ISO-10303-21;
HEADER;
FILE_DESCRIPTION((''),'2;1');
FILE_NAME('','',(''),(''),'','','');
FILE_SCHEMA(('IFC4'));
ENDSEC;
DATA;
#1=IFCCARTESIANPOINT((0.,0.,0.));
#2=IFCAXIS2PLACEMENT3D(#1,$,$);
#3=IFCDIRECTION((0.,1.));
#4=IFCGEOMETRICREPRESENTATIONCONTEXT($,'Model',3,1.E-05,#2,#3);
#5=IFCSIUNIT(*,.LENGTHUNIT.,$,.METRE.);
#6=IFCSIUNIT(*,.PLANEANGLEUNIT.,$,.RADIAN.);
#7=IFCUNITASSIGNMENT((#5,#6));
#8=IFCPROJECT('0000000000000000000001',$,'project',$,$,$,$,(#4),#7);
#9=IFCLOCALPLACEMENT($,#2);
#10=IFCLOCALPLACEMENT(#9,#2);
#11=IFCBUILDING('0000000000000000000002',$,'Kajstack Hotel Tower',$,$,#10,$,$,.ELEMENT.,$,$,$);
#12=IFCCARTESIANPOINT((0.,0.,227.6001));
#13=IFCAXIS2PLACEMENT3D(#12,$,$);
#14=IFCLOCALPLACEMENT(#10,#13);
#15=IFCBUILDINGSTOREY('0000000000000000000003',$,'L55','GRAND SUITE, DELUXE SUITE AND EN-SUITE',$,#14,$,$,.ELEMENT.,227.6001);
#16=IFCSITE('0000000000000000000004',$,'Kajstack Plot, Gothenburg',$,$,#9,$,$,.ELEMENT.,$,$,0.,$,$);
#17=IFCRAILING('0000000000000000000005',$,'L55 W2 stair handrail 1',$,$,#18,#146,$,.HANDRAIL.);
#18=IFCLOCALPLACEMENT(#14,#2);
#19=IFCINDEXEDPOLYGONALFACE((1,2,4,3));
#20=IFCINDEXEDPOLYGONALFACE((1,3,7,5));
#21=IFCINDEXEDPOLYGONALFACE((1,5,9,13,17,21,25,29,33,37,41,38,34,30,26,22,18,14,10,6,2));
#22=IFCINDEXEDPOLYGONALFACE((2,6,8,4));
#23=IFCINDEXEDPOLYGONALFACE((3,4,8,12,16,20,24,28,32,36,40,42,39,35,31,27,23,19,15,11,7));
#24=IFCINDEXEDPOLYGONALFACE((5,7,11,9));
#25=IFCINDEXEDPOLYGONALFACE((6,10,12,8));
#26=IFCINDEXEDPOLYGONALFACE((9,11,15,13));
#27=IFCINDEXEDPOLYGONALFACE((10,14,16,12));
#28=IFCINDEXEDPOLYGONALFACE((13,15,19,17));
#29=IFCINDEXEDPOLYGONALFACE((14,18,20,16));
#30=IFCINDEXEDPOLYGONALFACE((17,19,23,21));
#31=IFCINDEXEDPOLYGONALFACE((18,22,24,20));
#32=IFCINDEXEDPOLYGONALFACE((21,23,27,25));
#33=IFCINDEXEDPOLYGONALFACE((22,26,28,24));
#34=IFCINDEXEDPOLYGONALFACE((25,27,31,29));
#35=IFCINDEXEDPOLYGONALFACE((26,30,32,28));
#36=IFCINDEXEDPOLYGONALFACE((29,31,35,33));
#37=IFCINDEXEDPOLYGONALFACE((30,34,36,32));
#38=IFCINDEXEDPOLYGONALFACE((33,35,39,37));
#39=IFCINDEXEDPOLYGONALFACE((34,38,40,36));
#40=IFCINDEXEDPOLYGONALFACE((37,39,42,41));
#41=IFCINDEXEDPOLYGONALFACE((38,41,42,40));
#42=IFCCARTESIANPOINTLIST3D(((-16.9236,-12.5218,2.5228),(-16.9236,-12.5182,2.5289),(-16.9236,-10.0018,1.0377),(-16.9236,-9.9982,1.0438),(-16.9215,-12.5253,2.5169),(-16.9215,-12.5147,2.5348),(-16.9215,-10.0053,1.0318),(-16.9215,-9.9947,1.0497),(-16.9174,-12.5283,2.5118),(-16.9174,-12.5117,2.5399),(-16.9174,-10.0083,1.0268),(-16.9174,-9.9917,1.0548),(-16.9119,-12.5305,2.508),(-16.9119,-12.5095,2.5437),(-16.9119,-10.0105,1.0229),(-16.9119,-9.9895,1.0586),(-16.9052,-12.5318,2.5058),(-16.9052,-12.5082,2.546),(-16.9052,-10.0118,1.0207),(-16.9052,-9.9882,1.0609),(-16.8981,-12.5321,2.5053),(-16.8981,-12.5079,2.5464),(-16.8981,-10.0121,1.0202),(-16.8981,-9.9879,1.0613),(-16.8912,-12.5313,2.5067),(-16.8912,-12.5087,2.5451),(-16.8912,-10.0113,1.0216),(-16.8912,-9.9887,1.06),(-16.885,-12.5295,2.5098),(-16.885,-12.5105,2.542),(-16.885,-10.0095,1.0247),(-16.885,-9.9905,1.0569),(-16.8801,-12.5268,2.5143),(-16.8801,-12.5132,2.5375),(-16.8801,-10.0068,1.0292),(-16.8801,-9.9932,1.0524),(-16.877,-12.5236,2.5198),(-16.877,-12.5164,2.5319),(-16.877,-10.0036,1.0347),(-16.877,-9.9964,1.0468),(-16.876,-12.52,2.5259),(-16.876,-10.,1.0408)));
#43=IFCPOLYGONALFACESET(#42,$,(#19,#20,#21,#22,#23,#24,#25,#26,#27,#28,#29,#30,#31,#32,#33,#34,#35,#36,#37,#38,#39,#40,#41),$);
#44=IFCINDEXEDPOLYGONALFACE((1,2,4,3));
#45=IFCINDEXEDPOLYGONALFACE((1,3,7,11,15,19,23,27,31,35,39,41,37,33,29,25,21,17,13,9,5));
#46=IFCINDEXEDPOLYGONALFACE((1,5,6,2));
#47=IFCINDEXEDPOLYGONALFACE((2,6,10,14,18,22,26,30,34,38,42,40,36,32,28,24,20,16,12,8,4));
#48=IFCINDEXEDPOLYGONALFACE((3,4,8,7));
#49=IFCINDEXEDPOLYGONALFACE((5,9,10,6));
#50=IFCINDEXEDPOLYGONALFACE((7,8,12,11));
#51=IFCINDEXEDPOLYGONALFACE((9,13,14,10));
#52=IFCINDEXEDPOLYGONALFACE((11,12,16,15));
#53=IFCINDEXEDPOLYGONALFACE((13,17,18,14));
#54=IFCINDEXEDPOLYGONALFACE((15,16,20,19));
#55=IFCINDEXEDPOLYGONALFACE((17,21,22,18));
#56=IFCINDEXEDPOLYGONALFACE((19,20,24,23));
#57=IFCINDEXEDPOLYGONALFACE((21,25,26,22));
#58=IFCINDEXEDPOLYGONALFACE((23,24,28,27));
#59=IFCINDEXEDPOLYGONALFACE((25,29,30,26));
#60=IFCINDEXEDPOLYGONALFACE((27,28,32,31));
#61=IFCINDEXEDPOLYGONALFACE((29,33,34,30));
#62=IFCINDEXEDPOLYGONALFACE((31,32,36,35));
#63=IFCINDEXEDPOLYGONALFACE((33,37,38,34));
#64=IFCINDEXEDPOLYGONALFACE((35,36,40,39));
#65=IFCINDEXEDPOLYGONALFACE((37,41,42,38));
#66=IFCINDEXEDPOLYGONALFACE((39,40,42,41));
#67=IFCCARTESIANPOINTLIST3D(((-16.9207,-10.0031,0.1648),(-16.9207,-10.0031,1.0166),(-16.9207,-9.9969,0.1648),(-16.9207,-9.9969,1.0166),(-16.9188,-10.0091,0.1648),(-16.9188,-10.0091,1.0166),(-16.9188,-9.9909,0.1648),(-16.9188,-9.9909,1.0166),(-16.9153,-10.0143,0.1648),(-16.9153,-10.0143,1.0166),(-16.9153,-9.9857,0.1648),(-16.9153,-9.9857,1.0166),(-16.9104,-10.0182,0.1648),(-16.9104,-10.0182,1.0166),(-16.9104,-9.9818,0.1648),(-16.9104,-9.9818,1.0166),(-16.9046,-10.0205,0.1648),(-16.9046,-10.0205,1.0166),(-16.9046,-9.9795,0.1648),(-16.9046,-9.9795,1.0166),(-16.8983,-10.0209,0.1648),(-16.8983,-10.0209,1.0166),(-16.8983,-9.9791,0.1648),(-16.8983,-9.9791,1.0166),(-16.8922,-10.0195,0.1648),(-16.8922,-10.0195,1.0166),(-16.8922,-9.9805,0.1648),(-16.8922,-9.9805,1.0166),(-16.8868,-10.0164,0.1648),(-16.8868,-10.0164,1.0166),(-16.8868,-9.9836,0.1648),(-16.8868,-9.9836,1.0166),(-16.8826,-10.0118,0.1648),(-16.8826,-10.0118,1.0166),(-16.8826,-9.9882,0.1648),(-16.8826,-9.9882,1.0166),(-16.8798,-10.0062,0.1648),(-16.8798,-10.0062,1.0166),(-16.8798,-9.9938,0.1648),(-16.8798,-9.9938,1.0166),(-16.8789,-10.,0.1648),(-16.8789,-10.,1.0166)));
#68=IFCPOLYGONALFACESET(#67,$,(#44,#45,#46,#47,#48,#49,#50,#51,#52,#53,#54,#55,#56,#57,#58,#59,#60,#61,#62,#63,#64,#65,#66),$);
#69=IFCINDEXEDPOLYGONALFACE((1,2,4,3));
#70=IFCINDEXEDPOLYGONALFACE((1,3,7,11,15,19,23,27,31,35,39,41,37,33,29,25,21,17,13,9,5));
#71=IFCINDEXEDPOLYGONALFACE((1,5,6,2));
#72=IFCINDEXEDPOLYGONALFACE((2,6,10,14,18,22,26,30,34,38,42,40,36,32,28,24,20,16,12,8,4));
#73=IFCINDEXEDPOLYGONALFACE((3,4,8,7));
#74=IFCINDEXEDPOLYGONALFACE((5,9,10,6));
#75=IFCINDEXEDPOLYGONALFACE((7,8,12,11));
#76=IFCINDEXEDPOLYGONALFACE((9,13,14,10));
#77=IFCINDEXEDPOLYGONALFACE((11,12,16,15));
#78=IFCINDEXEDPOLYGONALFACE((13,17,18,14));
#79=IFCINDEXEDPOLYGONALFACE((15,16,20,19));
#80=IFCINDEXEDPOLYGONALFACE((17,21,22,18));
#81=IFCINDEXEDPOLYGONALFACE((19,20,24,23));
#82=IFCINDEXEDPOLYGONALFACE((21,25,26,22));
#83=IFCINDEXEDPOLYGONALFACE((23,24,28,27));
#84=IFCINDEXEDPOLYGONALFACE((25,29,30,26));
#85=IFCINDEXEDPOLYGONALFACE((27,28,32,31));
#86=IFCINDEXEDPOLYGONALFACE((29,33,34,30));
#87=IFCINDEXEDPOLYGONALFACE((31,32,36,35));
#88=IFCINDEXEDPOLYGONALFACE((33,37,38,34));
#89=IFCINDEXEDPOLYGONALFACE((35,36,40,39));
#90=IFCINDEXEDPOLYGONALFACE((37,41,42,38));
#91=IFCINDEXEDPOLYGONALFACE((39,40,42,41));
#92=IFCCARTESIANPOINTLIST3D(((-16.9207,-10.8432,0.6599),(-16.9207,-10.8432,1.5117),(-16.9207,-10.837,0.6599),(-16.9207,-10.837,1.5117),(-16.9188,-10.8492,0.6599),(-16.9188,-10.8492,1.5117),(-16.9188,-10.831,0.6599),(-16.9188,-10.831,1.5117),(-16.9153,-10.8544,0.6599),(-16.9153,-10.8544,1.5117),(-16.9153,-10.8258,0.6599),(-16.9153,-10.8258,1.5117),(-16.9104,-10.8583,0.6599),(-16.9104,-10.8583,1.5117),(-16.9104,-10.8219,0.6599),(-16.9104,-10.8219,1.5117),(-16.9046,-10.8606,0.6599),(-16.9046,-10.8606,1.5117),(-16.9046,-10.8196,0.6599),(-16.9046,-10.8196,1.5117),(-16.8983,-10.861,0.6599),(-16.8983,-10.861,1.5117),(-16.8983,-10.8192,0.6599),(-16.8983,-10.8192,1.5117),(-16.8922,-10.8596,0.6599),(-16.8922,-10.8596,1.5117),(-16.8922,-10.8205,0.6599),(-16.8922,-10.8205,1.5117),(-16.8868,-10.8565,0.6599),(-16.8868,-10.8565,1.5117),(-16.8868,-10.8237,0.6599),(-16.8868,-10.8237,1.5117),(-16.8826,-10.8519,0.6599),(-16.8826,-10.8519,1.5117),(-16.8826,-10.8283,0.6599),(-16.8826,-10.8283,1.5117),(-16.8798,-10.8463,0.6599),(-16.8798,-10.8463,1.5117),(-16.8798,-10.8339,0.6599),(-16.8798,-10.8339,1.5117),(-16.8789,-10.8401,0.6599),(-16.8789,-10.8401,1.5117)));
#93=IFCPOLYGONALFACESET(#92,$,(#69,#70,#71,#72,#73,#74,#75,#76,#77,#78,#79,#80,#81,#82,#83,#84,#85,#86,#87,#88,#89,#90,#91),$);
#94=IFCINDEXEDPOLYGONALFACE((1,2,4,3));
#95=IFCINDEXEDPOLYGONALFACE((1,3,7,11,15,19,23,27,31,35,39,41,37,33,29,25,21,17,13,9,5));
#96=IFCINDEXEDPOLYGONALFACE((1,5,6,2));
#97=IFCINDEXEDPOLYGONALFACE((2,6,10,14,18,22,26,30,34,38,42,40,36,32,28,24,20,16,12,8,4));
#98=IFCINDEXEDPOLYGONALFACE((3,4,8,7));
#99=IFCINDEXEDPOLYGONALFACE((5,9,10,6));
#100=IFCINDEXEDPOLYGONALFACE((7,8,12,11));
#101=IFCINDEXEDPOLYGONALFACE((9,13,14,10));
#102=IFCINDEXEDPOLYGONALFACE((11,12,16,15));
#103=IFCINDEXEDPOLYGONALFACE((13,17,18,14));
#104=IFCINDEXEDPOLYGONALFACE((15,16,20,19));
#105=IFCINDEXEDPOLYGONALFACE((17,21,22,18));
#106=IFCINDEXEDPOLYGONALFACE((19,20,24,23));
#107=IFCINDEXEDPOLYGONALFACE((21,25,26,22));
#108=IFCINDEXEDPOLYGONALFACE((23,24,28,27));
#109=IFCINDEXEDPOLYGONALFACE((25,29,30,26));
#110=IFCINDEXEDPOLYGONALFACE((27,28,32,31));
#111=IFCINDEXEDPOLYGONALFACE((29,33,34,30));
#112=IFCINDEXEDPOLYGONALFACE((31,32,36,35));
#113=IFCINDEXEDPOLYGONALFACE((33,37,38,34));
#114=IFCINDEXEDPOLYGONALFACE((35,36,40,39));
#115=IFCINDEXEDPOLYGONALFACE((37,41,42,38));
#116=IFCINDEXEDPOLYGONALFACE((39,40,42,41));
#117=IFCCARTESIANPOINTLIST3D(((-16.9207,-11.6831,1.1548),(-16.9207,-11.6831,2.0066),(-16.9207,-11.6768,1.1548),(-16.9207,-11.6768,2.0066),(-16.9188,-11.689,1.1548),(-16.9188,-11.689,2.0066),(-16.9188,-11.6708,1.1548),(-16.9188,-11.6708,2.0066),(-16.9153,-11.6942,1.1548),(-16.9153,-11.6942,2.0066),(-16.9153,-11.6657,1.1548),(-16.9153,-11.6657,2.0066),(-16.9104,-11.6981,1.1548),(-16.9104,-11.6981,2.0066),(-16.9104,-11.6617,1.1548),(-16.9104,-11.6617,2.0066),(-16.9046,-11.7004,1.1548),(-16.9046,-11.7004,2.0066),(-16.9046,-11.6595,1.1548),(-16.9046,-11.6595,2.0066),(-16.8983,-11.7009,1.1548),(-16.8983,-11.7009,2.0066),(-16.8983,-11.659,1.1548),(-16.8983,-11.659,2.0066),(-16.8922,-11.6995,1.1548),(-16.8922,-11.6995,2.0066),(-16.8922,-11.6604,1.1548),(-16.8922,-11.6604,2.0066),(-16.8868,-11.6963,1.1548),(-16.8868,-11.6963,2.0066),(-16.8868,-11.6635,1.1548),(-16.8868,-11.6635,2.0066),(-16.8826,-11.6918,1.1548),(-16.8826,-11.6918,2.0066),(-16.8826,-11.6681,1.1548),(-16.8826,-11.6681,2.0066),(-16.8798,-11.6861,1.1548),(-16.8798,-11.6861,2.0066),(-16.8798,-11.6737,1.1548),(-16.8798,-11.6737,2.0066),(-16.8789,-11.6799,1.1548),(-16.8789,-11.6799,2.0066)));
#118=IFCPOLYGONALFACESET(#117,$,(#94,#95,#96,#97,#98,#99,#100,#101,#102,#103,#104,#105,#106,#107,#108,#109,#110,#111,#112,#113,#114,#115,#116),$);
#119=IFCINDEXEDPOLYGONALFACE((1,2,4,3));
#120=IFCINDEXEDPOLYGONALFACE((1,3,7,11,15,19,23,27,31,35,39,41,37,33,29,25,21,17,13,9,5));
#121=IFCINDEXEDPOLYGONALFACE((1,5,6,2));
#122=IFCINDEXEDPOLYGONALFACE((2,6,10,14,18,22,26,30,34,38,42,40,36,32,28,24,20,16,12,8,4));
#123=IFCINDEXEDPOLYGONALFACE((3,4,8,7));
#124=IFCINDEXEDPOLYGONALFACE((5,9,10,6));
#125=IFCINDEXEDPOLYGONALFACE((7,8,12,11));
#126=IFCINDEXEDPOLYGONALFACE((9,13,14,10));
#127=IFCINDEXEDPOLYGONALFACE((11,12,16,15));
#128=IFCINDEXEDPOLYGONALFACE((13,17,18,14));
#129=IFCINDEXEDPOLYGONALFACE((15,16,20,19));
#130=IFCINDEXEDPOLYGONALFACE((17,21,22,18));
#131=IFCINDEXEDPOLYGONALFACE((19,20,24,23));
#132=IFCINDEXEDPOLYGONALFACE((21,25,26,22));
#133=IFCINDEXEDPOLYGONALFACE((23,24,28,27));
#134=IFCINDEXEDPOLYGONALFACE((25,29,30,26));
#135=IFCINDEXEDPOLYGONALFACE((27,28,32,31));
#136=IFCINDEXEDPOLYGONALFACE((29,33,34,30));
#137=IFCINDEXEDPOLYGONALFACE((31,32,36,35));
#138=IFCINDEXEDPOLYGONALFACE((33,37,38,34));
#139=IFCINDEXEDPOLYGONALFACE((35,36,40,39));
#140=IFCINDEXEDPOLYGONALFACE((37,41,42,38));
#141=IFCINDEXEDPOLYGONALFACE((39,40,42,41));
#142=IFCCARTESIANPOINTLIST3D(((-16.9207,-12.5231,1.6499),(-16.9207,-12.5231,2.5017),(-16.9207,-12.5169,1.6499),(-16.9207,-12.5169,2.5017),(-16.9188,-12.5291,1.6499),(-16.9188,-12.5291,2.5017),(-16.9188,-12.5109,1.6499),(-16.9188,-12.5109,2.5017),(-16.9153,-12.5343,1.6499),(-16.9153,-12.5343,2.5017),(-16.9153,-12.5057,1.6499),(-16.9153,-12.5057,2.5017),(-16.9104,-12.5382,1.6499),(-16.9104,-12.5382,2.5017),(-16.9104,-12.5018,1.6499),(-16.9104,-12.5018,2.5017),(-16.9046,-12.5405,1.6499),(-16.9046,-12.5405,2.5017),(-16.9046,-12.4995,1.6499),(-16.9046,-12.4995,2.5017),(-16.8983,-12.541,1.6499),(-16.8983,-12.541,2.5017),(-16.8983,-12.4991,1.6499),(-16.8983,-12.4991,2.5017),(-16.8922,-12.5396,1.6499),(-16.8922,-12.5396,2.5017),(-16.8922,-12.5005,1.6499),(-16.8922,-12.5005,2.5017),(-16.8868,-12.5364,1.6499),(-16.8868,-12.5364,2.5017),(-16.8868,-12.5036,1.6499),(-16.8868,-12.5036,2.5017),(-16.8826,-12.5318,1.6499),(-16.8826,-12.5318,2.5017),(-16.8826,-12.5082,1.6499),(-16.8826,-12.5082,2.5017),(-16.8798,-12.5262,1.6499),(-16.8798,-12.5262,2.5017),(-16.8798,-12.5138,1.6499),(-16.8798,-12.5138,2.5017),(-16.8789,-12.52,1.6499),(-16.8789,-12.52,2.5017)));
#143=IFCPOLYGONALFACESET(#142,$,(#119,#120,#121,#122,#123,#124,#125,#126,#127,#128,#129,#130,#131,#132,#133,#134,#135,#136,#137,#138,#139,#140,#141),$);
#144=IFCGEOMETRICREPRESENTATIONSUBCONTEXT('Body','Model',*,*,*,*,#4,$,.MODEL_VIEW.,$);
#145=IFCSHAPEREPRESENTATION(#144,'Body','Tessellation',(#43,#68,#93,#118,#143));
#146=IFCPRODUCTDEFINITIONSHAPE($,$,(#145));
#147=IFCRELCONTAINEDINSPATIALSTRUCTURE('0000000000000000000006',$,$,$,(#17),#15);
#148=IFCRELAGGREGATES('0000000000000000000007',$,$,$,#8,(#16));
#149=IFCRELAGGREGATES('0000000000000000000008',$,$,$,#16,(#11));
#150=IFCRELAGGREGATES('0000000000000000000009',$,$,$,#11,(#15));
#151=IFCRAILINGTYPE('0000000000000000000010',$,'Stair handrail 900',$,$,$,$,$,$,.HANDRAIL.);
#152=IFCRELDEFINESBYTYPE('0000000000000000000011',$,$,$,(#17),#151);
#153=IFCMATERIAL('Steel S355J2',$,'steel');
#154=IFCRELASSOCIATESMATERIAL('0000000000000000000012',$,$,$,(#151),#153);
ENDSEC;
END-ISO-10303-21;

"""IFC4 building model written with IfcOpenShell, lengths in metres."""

from ifc_helpers import new_model, si_unit, direction, frame, origin, origin_2d, place, context, subcontext, project, spatial, circle, extrude, material, type_object, element, save


model = new_model("IFC4")

# Units and contexts
model_context = context("Model", 3, precision=1e-05, world=origin(), true_north=direction((0.0, 1.0)))
body_context = subcontext(model_context, "Body", "Model", "MODEL_VIEW")
ifc_project = project(units=[si_unit("LENGTHUNIT", "METRE"), si_unit("PLANEANGLEUNIT", "RADIAN")], contexts=[model_context])

# Site, building, storey
site_placement = place(None, origin())
site = spatial("IfcSite", under=ifc_project, at=site_placement, Name="Kajstack Plot, Gothenburg", CompositionType="ELEMENT", RefElevation=0.0)
building_placement = place(site_placement, origin())
building = spatial("IfcBuilding", under=site, at=building_placement, Name="Kajstack Hotel Tower", CompositionType="ELEMENT")
storey_placement = place(building_placement, frame((0.0, 0.0, 227.6001)))
storey = spatial("IfcBuildingStorey", under=building, at=storey_placement, Name="L55", Description="GRAND SUITE, DELUXE SUITE AND EN-SUITE", CompositionType="ELEMENT", Elevation=227.6001)

# Railing
ifc_material_1 = material(Name="Steel S355J2", Category="steel")
railing_type_1 = type_object("IfcRailingType", Name="Stair handrail 900", PredefinedType="HANDRAIL", material=ifc_material_1)
railing_1_placement = place(storey_placement, frame((-16.8999, -10.0, 0.1648)))
element("IfcRailing", 1, at=railing_1_placement, inside=storey, type_object=railing_type_1, Name="L55 W2 stair handrail 1", PredefinedType="HANDRAIL", context=body_context, shape_type="SweptSolid", body=[
    extrude(circle(Radius=0.0239, at=origin_2d()), frame((0.0, 0.0, 0.876), z_axis=(0.0, -0.861524, 0.507717), x_axis=(1.0, 0.0, 0.0)), (0.0, 0.0, 1.0), 2.925),
    extrude(circle(Radius=0.021, at=origin_2d()), origin(), (0.0, 0.0, 1.0), 0.8518),
    extrude(circle(Radius=0.021, at=origin_2d()), frame((0.0, -0.8401, 0.4951)), (0.0, 0.0, 1.0), 0.8518),
    extrude(circle(Radius=0.021, at=origin_2d()), frame((0.0, -1.6799, 0.99)), (0.0, 0.0, 1.0), 0.8518),
    extrude(circle(Radius=0.021, at=origin_2d()), frame((0.0, -2.52, 1.4851)), (0.0, 0.0, 1.0), 0.8518),
])

save(model, "model.ifc")
